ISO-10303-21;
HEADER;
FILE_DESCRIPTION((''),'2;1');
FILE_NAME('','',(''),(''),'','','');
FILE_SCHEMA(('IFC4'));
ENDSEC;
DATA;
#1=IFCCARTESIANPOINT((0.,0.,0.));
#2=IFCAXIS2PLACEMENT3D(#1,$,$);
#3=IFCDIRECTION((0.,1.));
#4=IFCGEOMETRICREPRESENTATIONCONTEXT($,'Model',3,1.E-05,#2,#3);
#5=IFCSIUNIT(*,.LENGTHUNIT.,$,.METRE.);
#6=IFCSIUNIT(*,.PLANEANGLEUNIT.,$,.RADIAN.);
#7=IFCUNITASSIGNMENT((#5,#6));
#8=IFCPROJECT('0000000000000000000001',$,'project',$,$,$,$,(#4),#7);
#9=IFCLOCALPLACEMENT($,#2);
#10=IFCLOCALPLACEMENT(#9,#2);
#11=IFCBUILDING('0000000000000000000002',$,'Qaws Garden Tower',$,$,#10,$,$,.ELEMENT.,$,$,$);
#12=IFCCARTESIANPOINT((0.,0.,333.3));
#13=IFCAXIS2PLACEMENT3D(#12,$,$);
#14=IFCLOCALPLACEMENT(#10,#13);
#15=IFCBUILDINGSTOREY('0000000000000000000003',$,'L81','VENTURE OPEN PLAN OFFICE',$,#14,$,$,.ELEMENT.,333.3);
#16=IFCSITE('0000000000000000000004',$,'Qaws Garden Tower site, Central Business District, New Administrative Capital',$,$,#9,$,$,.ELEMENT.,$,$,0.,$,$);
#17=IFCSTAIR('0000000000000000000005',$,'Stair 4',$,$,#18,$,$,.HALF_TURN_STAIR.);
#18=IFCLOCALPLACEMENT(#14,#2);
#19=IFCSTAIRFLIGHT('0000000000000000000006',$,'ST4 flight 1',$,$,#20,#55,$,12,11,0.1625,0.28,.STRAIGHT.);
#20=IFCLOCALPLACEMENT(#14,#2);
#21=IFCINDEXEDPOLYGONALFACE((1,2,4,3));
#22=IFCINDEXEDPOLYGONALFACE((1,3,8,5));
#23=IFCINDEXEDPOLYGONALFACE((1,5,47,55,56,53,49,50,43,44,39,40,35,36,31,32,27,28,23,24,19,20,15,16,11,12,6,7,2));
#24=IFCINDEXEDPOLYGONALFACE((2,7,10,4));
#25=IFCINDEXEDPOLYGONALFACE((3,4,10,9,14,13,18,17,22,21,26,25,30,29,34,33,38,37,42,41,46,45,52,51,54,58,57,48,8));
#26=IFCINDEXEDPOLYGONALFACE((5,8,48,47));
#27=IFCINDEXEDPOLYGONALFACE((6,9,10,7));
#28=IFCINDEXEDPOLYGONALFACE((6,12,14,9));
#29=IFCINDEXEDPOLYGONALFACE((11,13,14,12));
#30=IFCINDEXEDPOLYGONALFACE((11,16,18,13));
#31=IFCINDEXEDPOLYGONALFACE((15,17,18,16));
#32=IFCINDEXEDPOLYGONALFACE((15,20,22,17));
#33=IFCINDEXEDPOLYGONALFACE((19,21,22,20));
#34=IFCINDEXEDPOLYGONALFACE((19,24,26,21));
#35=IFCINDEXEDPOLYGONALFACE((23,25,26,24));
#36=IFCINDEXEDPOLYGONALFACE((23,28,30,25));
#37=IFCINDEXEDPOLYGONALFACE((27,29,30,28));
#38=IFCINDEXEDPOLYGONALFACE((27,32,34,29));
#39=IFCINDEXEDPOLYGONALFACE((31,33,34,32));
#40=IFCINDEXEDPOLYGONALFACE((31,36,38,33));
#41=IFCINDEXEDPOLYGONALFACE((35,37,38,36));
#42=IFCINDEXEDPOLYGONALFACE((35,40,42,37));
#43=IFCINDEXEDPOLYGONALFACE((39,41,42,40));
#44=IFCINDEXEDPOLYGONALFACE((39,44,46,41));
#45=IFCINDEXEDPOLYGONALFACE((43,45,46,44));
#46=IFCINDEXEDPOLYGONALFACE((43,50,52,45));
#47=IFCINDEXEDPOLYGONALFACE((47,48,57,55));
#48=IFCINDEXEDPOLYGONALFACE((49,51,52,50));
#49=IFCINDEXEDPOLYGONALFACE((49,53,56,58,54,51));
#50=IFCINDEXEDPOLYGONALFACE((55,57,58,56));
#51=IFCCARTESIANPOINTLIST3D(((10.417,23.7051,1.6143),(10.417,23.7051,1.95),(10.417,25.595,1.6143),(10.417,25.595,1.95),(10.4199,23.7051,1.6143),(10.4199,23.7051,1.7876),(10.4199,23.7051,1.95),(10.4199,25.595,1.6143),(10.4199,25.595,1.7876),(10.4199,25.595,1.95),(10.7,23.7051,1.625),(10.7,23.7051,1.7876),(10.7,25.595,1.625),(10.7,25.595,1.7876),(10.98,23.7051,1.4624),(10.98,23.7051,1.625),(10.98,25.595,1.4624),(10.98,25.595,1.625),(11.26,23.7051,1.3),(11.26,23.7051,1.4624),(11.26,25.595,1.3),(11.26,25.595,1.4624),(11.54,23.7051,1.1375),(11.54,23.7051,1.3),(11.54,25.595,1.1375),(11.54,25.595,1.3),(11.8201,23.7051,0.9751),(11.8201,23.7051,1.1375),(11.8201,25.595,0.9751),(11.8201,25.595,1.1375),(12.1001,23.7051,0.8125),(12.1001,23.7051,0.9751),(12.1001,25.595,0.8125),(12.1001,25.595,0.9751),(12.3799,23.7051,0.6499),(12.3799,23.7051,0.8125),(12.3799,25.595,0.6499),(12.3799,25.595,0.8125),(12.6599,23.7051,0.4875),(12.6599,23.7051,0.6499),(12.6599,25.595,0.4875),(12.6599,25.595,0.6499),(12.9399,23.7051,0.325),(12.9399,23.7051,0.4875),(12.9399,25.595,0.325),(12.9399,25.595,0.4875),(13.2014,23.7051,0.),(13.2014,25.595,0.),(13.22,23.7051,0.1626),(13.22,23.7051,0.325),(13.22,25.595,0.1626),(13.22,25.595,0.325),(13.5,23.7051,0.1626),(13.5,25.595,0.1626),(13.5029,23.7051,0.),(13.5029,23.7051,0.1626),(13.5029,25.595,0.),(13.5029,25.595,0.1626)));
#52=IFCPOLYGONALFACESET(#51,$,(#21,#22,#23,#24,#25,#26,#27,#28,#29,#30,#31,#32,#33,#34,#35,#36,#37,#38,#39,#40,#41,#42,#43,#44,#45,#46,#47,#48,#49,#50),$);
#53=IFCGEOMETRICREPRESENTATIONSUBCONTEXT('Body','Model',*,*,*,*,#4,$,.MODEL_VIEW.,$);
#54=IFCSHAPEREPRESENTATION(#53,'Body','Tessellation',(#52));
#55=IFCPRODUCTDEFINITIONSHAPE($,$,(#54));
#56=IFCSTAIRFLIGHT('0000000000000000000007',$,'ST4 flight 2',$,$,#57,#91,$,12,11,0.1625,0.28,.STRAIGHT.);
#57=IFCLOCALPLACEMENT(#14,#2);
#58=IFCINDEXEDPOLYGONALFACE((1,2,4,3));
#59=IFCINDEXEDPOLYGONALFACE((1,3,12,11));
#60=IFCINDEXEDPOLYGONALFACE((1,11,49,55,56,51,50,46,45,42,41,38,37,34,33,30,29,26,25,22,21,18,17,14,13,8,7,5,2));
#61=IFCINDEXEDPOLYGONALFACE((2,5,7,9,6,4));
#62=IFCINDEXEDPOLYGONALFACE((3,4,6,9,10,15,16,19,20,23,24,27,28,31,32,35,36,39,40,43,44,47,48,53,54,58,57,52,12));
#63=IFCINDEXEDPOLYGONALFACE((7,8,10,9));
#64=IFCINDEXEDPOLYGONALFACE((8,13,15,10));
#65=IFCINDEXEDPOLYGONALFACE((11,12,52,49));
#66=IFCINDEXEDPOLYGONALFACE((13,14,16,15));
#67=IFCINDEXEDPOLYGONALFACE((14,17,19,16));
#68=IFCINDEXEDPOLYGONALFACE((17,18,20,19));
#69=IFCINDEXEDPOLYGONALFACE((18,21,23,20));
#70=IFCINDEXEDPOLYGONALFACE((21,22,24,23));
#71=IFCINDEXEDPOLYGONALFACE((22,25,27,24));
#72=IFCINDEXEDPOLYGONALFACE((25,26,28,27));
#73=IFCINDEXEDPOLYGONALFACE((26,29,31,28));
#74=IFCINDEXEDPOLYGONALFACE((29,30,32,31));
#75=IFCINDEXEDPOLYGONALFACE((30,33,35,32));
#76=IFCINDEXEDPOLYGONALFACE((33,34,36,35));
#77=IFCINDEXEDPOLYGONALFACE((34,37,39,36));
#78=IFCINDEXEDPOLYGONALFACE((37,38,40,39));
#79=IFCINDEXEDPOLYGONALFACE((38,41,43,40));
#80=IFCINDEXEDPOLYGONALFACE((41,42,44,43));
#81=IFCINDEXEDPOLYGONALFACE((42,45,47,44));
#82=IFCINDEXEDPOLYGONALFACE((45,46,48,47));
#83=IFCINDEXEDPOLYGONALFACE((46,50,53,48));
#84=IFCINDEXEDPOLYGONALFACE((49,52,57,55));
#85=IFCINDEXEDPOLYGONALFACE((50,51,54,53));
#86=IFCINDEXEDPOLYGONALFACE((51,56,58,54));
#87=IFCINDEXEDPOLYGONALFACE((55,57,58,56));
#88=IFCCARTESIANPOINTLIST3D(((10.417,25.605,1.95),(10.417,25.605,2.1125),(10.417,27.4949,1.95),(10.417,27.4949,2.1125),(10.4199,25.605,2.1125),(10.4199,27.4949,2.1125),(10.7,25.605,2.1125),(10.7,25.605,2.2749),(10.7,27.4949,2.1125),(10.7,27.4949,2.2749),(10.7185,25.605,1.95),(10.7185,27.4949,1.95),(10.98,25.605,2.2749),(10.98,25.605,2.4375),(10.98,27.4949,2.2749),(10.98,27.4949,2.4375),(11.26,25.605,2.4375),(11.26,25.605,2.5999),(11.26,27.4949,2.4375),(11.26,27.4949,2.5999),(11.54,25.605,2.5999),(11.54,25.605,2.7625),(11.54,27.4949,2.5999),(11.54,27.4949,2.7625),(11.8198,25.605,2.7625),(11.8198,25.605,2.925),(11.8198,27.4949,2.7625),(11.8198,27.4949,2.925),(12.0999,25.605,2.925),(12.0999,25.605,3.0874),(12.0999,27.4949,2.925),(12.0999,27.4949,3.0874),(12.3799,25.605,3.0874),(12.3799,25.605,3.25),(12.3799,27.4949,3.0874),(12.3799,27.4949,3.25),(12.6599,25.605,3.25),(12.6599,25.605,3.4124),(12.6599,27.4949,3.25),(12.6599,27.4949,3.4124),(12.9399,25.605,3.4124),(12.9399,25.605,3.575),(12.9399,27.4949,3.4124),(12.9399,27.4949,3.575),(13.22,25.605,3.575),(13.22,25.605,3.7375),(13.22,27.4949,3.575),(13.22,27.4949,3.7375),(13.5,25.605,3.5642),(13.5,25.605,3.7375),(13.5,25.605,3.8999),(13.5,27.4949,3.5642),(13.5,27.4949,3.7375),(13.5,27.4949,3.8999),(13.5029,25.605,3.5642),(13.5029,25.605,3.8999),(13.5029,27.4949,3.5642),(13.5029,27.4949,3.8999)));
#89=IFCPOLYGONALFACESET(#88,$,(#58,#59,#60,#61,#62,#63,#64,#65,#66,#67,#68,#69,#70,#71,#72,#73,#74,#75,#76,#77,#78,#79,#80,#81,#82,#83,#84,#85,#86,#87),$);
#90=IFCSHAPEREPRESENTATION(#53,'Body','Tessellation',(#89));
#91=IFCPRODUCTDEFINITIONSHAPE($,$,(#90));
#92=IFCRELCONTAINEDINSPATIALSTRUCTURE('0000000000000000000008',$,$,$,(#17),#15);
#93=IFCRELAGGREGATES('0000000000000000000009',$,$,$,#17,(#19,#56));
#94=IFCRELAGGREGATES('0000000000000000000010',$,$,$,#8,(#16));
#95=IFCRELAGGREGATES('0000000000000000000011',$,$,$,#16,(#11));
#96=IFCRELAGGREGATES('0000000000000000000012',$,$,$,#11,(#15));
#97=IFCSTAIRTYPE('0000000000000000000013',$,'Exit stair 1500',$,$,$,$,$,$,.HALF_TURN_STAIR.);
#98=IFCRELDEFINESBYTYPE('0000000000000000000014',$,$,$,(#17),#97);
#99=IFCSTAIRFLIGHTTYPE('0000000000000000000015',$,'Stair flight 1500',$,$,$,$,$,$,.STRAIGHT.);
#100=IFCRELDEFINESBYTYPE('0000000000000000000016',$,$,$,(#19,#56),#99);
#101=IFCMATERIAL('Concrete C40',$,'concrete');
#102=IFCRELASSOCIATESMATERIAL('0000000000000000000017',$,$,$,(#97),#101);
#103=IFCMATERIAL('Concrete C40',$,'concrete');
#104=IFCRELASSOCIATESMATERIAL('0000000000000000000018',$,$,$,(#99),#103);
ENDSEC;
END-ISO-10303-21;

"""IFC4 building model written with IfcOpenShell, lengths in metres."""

from ifc_helpers import new_model, si_unit, direction, frame, origin, place, context, subcontext, project, spatial, polyline, outline, extrude, material, type_object, element, aggregate, save


model = new_model("IFC4")

# Units and contexts
model_context = context("Model", 3, precision=1e-05, world=origin(), true_north=direction((0.0, 1.0)))
body_context = subcontext(model_context, "Body", "Model", "MODEL_VIEW")
ifc_project = project(units=[si_unit("LENGTHUNIT", "METRE"), si_unit("PLANEANGLEUNIT", "RADIAN")], contexts=[model_context])

# Site, building, storey
site_placement = place(None, origin())
site = spatial("IfcSite", under=ifc_project, at=site_placement, Name="Qaws Garden Tower site, Central Business District, New Administrative Capital", CompositionType="ELEMENT", RefElevation=0.0)
building_placement = place(site_placement, origin())
building = spatial("IfcBuilding", under=site, at=building_placement, Name="Qaws Garden Tower", CompositionType="ELEMENT")
storey_placement = place(building_placement, frame((0.0, 0.0, 333.3)))
storey = spatial("IfcBuildingStorey", under=building, at=storey_placement, Name="L81", Description="VENTURE OPEN PLAN OFFICE", CompositionType="ELEMENT", Elevation=333.3)

# Stair, stair flights
ifc_material_1 = material(Name="Concrete C40", Category="concrete")
stair_type = type_object("IfcStairType", Name="Exit stair 1500", PredefinedType="HALF_TURN_STAIR", material=ifc_material_1)
stair_placement = place(storey_placement, origin())
stair = element("IfcStair", 1, at=stair_placement, inside=storey, type_object=stair_type, Name="Stair 4", PredefinedType="HALF_TURN_STAIR")
ifc_material_2 = material(Name="Concrete C40", Category="concrete")
stair_flight_type = type_object("IfcStairFlightType", Name="Stair flight 1500", PredefinedType="STRAIGHT", material=ifc_material_2)
stair_flight_1_placement = place(storey_placement, frame((13.5, 24.6499, 0.0), z_axis=(0.0, 0.0, 1.0), x_axis=(-1.0, 0.0, 0.0)))
stair_flight_1 = element("IfcStairFlight", 2, at=stair_flight_1_placement, type_object=stair_flight_type, Name="ST4 flight 1", NumberOfRisers=12, NumberOfTreads=11, PredefinedType="STRAIGHT", RiserHeight=0.1625, TreadLength=0.28, context=body_context, shape_type="SweptSolid", body=[
    extrude(outline(polyline([(-0.0029, 0.0), (-0.0029, 0.1626), (0.0, 0.1626), (0.28, 0.1626), (0.28, 0.325), (0.5601, 0.325), (0.5601, 0.4875), (0.8401, 0.4875), (0.8401, 0.6499), (1.1201, 0.6499), (1.1201, 0.8125), (1.3999, 0.8125), (1.3999, 0.9751), (1.6799, 0.9751), (1.6799, 1.1375), (1.96, 1.1375), (1.96, 1.3), (2.24, 1.3), (2.24, 1.4624), (2.52, 1.4624), (2.52, 1.625), (2.8, 1.625), (2.8, 1.7876), (3.0801, 1.7876), (3.0801, 1.95), (3.083, 1.95), (3.083, 1.6143), (3.0801, 1.6143), (0.2986, 0.0), (-0.0029, 0.0)])), frame((0.0, 0.9448, 0.0), z_axis=(0.0, -1.0, 0.0), x_axis=(1.0, 0.0, 0.0)), (0.0, 0.0, 1.0), 1.8899),
])
stair_flight_2_placement = place(storey_placement, frame((10.4199, 26.55, 1.95), z_axis=(0.0, 0.0, 1.0), x_axis=(1.0, 0.0, 0.0)))
stair_flight_2 = element("IfcStairFlight", 3, at=stair_flight_2_placement, type_object=stair_flight_type, Name="ST4 flight 2", NumberOfRisers=12, NumberOfTreads=11, PredefinedType="STRAIGHT", RiserHeight=0.1625, TreadLength=0.28, context=body_context, shape_type="SweptSolid", body=[
    extrude(outline(polyline([(-0.0029, 0.0), (-0.0029, 0.1626), (0.0, 0.1626), (0.28, 0.1626), (0.28, 0.325), (0.5601, 0.325), (0.5601, 0.4875), (0.8401, 0.4875), (0.8401, 0.6499), (1.1201, 0.6499), (1.1201, 0.8125), (1.3999, 0.8125), (1.3999, 0.9751), (1.6799, 0.9751), (1.6799, 1.1375), (1.96, 1.1375), (1.96, 1.3), (2.24, 1.3), (2.24, 1.4624), (2.52, 1.4624), (2.52, 1.625), (2.8, 1.625), (2.8, 1.7876), (3.0801, 1.7876), (3.0801, 1.95), (3.083, 1.95), (3.083, 1.6143), (3.0801, 1.6143), (0.2986, 0.0), (-0.0029, 0.0)])), frame((0.0, 0.9448, 0.0), z_axis=(0.0, -1.0, 0.0), x_axis=(1.0, 0.0, 0.0)), (0.0, 0.0, 1.0), 1.8899),
])
aggregate(stair, [stair_flight_1, stair_flight_2])

save(model, "model.ifc")
